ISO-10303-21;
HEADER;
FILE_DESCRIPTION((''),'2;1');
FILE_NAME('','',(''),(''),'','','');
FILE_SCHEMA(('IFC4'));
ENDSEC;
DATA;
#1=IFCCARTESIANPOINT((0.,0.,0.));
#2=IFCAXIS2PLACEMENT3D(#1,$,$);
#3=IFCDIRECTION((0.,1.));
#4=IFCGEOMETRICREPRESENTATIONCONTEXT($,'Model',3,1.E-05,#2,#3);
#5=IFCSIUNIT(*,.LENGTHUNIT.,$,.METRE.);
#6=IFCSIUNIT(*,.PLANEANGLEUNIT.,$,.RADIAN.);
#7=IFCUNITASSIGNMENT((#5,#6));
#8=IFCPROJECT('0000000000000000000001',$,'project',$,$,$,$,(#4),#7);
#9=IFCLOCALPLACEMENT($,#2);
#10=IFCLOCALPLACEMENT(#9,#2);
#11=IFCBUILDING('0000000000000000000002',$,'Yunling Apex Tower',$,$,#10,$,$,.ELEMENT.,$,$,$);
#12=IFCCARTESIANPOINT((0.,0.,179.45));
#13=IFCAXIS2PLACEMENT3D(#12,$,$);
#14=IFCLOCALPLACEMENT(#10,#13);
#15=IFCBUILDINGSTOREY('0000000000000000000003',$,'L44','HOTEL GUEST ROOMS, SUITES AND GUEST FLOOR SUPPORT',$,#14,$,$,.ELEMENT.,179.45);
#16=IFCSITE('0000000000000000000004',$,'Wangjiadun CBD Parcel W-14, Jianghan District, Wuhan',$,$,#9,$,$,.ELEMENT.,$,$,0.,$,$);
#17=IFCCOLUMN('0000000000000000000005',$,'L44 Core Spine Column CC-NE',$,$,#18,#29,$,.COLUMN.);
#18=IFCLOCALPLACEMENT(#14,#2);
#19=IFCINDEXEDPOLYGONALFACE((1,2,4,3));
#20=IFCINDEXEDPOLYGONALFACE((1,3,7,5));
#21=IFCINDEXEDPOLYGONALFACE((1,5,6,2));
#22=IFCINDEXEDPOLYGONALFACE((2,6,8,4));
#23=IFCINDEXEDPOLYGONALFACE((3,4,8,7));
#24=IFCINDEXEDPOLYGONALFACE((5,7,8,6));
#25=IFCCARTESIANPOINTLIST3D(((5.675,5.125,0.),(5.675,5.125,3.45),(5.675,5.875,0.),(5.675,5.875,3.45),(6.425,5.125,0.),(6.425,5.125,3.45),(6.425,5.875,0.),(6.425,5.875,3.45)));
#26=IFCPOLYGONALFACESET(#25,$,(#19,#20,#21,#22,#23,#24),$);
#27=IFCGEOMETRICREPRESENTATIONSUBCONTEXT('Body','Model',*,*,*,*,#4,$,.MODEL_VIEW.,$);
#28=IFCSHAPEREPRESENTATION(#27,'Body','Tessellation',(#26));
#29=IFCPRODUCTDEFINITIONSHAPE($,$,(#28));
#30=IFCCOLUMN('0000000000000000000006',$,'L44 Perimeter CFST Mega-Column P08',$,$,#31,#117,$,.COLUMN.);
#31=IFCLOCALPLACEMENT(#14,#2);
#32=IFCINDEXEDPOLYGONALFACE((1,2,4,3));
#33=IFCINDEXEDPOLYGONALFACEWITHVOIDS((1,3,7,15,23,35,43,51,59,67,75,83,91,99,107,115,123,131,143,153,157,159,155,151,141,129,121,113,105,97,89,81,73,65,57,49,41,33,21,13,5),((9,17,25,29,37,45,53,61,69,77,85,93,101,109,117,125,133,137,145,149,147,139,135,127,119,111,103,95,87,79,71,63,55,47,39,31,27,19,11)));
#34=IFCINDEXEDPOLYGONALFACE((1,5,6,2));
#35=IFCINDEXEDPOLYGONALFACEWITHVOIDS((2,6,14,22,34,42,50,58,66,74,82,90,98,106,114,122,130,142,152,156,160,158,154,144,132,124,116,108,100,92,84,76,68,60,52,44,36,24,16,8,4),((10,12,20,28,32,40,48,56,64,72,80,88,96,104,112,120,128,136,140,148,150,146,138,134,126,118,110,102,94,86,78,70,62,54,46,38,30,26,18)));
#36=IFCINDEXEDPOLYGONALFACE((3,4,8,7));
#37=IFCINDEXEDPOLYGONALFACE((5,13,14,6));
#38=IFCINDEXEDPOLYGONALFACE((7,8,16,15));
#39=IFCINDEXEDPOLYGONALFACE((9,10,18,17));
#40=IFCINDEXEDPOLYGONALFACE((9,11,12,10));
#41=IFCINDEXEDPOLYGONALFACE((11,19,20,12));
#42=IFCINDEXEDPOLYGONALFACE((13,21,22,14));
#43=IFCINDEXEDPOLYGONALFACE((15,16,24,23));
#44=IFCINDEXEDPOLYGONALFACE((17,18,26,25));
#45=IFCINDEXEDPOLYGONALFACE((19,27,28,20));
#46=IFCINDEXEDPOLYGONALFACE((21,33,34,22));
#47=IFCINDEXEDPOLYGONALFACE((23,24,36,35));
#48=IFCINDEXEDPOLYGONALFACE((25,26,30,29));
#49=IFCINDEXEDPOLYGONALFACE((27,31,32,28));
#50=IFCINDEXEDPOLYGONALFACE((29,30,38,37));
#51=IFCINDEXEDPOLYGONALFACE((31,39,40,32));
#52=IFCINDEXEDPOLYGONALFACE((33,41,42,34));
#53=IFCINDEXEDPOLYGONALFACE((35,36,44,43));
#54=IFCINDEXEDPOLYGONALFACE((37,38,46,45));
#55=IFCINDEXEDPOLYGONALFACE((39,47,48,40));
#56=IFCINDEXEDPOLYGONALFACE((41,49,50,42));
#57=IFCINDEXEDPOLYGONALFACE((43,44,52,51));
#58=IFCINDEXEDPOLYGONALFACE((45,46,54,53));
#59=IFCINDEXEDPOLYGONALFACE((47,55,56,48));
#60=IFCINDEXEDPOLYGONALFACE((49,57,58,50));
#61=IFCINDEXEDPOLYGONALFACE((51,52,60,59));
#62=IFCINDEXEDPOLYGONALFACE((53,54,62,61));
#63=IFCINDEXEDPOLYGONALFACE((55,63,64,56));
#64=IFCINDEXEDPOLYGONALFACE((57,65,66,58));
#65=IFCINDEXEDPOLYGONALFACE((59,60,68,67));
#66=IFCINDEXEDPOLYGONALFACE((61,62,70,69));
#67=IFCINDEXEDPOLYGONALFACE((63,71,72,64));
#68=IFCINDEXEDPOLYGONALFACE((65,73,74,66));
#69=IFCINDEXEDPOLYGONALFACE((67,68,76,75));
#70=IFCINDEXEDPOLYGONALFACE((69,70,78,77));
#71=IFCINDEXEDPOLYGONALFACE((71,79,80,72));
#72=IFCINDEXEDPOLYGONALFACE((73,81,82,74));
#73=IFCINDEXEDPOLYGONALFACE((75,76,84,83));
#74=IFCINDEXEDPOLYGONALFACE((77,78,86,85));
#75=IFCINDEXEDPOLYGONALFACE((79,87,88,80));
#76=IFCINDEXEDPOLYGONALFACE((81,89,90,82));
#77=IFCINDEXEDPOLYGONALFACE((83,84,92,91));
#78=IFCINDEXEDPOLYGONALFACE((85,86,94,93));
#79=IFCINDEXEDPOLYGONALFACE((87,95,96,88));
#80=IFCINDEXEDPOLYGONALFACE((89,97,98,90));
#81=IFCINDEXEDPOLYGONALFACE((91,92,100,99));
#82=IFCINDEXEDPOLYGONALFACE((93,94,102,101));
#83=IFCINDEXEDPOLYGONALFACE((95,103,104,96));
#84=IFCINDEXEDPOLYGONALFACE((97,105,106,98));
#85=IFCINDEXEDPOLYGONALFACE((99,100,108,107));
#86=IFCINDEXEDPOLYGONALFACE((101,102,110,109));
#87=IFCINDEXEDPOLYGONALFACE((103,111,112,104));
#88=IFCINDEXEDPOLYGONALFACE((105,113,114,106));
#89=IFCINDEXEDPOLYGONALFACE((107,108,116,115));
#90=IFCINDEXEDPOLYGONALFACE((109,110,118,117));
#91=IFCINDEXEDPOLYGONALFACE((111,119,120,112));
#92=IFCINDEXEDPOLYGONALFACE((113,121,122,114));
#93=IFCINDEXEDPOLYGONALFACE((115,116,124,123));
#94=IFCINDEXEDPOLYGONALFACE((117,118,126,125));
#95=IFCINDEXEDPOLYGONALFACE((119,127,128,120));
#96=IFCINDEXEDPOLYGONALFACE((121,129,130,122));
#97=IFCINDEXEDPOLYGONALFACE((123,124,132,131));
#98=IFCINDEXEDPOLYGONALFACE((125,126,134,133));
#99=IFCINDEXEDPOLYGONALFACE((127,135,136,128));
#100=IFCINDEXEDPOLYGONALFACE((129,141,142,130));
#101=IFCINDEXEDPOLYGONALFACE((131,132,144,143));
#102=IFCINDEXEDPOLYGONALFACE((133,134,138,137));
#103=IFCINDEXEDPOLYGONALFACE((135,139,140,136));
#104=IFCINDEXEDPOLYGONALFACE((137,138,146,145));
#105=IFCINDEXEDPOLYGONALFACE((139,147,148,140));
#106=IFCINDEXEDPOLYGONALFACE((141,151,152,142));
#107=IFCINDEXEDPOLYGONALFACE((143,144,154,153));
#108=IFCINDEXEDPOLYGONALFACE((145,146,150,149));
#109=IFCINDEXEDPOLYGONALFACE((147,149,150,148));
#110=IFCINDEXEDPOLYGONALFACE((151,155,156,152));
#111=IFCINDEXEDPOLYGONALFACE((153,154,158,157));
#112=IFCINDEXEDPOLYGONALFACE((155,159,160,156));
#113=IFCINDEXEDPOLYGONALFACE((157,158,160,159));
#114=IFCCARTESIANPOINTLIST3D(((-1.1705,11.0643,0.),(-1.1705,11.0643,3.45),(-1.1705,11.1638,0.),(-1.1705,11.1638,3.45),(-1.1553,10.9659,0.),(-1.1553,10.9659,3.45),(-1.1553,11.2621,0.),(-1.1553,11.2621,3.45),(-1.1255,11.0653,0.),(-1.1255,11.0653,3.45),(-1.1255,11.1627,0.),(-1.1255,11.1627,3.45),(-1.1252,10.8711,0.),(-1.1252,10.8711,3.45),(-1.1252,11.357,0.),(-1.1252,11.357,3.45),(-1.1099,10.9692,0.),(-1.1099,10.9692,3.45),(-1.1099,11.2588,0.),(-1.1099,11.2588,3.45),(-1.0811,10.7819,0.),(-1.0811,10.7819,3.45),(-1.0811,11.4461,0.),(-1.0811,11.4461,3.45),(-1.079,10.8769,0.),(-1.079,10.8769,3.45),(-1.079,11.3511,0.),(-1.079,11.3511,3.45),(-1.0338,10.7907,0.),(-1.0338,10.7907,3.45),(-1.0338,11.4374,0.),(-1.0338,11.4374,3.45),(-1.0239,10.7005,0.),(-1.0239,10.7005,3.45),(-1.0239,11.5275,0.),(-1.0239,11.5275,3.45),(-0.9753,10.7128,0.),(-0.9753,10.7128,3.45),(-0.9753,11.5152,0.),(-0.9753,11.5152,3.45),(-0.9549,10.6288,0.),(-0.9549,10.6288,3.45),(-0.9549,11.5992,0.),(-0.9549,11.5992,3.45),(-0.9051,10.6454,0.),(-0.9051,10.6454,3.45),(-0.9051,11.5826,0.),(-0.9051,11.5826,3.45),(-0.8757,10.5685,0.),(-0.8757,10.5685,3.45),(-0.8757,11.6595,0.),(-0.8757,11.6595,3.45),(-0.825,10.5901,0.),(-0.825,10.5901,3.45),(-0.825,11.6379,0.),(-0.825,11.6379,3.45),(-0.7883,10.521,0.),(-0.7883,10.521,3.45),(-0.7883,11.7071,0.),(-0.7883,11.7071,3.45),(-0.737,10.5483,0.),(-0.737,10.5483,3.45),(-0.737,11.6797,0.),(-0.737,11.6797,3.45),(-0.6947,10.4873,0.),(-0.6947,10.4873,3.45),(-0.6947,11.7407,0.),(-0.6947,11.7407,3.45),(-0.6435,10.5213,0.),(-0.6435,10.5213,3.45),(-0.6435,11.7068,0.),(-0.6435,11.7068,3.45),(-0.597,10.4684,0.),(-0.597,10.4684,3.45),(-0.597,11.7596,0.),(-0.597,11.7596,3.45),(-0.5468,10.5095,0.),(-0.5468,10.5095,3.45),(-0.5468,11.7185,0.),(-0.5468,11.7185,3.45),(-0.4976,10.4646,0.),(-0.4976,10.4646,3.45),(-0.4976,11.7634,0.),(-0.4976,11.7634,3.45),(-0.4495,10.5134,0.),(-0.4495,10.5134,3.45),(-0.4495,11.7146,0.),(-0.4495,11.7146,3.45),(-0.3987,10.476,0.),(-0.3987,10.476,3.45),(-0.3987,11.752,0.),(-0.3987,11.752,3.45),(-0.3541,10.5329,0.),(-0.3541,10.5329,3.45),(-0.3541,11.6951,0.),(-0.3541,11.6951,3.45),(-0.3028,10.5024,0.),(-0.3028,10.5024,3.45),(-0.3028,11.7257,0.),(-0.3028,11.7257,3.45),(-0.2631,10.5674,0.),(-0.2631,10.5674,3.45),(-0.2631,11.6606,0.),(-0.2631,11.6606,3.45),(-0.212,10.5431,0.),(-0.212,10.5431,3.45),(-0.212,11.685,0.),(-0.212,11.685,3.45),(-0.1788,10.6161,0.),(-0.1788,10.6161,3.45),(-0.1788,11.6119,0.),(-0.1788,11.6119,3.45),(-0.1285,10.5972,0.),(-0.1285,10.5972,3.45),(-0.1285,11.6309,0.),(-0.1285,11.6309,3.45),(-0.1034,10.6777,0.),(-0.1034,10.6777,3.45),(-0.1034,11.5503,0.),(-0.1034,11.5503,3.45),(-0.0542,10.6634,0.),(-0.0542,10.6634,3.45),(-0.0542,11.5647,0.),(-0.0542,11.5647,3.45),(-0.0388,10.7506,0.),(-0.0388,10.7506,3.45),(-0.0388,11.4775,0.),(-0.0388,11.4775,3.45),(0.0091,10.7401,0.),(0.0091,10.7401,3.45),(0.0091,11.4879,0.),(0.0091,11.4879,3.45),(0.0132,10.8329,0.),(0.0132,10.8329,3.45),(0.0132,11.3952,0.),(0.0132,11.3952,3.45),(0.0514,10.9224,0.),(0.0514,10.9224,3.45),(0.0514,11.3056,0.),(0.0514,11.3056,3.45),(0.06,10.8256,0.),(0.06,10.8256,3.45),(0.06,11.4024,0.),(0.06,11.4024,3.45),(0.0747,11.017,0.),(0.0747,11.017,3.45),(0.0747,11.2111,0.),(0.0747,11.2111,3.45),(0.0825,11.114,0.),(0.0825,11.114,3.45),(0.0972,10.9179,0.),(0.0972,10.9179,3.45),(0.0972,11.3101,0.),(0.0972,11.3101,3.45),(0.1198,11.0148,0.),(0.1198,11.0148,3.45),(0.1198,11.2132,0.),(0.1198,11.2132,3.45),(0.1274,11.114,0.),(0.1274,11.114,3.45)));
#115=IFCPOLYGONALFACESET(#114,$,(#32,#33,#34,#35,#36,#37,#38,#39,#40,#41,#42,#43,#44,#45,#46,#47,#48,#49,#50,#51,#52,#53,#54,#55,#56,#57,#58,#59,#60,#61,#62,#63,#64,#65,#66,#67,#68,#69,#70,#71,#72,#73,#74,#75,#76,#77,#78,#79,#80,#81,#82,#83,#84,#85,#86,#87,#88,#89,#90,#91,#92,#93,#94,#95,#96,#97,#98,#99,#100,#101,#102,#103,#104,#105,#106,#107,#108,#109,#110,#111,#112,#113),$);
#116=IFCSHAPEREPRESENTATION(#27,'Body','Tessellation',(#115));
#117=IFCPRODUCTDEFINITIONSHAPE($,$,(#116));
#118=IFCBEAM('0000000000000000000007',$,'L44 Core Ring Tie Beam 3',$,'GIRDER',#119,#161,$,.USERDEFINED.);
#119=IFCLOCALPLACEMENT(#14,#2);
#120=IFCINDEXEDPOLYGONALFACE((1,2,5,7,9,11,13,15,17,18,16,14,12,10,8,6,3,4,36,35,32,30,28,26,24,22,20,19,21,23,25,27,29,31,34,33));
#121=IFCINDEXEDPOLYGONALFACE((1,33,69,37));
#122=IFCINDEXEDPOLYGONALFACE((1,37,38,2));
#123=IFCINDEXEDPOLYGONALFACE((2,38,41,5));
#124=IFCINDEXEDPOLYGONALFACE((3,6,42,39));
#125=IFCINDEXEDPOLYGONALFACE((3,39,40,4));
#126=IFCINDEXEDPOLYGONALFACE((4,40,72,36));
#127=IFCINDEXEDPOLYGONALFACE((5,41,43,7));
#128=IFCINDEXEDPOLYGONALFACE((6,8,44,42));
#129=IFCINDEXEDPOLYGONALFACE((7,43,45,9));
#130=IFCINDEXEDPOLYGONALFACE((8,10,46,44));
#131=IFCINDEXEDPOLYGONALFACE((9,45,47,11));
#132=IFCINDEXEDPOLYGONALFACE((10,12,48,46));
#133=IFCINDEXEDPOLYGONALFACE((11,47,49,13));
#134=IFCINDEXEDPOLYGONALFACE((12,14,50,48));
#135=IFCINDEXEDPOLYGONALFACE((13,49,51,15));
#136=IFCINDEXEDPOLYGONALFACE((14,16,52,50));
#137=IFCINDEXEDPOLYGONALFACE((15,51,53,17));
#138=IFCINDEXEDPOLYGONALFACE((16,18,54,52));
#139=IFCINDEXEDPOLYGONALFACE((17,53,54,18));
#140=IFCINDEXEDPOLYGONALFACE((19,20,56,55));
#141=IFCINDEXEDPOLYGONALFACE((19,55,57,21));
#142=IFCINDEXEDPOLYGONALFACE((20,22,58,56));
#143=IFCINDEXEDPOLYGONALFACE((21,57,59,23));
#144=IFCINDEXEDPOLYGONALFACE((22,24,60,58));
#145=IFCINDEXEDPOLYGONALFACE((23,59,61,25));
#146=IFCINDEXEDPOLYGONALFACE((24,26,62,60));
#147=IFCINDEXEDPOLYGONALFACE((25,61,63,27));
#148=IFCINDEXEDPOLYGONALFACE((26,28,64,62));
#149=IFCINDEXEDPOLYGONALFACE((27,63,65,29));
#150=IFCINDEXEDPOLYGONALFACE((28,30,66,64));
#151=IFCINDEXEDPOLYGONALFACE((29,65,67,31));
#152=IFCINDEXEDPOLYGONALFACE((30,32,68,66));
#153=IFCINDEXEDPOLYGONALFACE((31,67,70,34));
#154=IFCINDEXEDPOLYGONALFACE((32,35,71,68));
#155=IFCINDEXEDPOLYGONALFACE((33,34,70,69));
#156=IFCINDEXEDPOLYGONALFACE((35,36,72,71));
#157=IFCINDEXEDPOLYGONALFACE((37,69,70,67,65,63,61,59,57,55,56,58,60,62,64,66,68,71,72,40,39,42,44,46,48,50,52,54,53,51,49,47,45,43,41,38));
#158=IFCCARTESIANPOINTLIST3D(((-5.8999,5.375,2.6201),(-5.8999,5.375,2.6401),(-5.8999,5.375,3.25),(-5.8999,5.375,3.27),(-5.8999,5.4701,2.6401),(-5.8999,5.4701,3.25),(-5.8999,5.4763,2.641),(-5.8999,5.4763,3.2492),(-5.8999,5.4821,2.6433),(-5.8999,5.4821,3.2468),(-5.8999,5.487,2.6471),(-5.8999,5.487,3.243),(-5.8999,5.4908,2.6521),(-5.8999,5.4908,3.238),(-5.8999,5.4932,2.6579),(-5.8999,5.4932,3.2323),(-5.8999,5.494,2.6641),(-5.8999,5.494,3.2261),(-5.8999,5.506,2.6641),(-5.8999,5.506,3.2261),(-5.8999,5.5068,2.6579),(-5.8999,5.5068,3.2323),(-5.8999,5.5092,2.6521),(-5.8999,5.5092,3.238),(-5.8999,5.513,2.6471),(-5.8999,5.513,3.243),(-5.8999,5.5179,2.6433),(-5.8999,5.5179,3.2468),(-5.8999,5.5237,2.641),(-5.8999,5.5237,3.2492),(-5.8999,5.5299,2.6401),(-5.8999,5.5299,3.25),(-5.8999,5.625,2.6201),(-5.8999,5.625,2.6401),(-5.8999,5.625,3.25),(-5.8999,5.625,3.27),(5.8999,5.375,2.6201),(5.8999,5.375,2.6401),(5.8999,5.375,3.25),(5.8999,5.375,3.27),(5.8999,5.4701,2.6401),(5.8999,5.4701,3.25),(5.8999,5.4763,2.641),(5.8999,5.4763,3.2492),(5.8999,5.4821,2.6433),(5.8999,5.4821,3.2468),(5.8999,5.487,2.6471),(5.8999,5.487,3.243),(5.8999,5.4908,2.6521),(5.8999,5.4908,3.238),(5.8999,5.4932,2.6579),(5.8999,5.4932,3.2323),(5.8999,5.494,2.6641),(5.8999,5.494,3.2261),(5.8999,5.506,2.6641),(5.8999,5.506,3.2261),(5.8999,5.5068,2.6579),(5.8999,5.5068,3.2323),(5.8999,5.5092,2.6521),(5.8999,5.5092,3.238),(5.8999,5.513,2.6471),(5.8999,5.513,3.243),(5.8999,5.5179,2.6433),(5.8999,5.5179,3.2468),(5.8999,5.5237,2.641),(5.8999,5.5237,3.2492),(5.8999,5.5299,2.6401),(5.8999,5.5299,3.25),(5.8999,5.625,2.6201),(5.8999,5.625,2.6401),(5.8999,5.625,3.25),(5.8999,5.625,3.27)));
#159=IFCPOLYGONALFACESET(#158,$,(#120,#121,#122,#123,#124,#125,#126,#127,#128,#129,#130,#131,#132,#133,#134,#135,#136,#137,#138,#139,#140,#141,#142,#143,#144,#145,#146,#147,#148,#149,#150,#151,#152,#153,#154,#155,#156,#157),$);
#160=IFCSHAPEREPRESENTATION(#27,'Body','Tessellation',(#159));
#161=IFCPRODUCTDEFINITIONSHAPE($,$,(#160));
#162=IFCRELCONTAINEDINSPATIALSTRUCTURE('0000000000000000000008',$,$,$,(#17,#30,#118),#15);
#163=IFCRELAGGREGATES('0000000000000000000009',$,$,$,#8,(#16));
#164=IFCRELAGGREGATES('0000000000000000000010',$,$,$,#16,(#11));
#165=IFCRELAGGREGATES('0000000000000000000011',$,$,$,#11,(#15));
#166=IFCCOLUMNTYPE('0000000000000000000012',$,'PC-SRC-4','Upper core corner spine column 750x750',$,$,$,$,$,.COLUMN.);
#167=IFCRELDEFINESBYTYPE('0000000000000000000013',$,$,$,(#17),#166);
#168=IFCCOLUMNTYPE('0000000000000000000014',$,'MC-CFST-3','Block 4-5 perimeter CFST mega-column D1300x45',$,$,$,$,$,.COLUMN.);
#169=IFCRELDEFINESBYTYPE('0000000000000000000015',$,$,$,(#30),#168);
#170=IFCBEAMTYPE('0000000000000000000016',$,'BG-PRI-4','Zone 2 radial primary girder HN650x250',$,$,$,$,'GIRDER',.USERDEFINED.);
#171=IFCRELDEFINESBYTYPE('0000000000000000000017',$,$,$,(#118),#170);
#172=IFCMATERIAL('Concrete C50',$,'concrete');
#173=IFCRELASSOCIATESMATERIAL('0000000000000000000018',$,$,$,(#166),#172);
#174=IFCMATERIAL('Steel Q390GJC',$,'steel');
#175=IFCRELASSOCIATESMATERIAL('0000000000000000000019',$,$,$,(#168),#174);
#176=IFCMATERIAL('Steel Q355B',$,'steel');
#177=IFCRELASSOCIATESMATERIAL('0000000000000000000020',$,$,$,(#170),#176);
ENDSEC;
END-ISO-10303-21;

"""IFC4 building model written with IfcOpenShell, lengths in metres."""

from ifc_helpers import new_model, si_unit, direction, frame, origin, origin_2d, place, context, subcontext, project, spatial, rectangle, hollow_circle, i_section, extrude, source, transform, mapped, material, material_profile, profile_set, type_object, element, save


model = new_model("IFC4")

# Units and contexts
model_context = context("Model", 3, precision=1e-05, world=origin(), true_north=direction((0.0, 1.0)))
body_context = subcontext(model_context, "Body", "Model", "MODEL_VIEW")
ifc_project = project(units=[si_unit("LENGTHUNIT", "METRE"), si_unit("PLANEANGLEUNIT", "RADIAN")], contexts=[model_context])

# Site, building, storey
site_placement = place(None, origin())
site = spatial("IfcSite", under=ifc_project, at=site_placement, Name="Wangjiadun CBD Parcel W-14, Jianghan District, Wuhan", CompositionType="ELEMENT", RefElevation=0.0)
building_placement = place(site_placement, origin())
building = spatial("IfcBuilding", under=site, at=building_placement, Name="Yunling Apex Tower", CompositionType="ELEMENT")
storey_placement = place(building_placement, frame((0.0, 0.0, 179.45)))
storey = spatial("IfcBuildingStorey", under=building, at=storey_placement, Name="L44", Description="HOTEL GUEST ROOMS, SUITES AND GUEST FLOOR SUPPORT", CompositionType="ELEMENT", Elevation=179.45)

# Columns
ifc_material_1 = material(Name="Concrete C50", Category="concrete")
ifc_material_profile_1 = material_profile(ifc_material_1, rectangle(XDim=0.75, YDim=0.75, at=origin_2d()))
ifc_profile_set_1 = profile_set([ifc_material_profile_1], Name="Concrete C50")
column_type_1 = type_object("IfcColumnType", Name="PC-SRC-4", Description="Upper core corner spine column 750x750", PredefinedType="COLUMN", material=ifc_profile_set_1)
shared_shape_1 = source(origin(), body_context, "Body", "SweptSolid", [
    extrude(rectangle(XDim=0.75, YDim=0.75, at=origin_2d()), origin(), (0.0, 0.0, 1.0), 3.45),
])
column_1_placement = place(storey_placement, frame((6.05, 5.5, 0.0), z_axis=(0.0, 0.0, 1.0), x_axis=(1.0, 0.0, 0.0)))
element("IfcColumn", 1, at=column_1_placement, inside=storey, type_object=column_type_1, Name="L44 Core Spine Column CC-NE", PredefinedType="COLUMN", context=body_context, shape_type="MappedRepresentation", body=[
    mapped(shared_shape_1, transform((0.0, 0.0, 0.0), scale=1.0)),
])
ifc_material_2 = material(Name="Steel Q390GJC", Category="steel")
ifc_material_profile_2 = material_profile(ifc_material_2, hollow_circle(Radius=0.6499, WallThickness=0.0449, at=origin_2d()))
ifc_profile_set_2 = profile_set([ifc_material_profile_2], Name="Steel Q390GJC")
column_type_2 = type_object("IfcColumnType", Name="MC-CFST-3", Description="Block 4-5 perimeter CFST mega-column D1300x45", PredefinedType="COLUMN", material=ifc_profile_set_2)
shared_shape_2 = source(origin(), body_context, "Body", "SweptSolid", [
    extrude(hollow_circle(Radius=0.6499, WallThickness=0.0449, at=origin_2d()), origin(), (0.0, 0.0, 1.0), 3.45),
])
column_2_placement = place(storey_placement, frame((-0.5225, 11.114, 0.0), z_axis=(0.0, 0.0, 1.0), x_axis=(1.0, 0.0, 0.0)))
element("IfcColumn", 2, at=column_2_placement, inside=storey, type_object=column_type_2, Name="L44 Perimeter CFST Mega-Column P08", PredefinedType="COLUMN", context=body_context, shape_type="MappedRepresentation", body=[
    mapped(shared_shape_2, transform((0.0, 0.0, 0.0), scale=1.0)),
])

# Beam
ifc_material_3 = material(Name="Steel Q355B", Category="steel")
ifc_material_profile_3 = material_profile(ifc_material_3, i_section(OverallWidth=0.25, OverallDepth=0.6499, WebThickness=0.012, FlangeThickness=0.02, FilletRadius=0.0239, at=origin_2d()))
ifc_profile_set_3 = profile_set([ifc_material_profile_3], Name="Steel Q355B")
beam_type_1 = type_object("IfcBeamType", Name="BG-PRI-4", Description="Zone 2 radial primary girder HN650x250", ElementType="GIRDER", PredefinedType="USERDEFINED", material=ifc_profile_set_3)
shared_shape_3 = source(origin(), body_context, "Body", "SweptSolid", [
    extrude(i_section(OverallWidth=0.25, OverallDepth=0.6499, WebThickness=0.012, FlangeThickness=0.02, FilletRadius=0.0239, at=origin_2d()), origin(), (0.0, 0.0, 1.0), 11.7998),
])
beam_1_placement = place(storey_placement, frame((5.8999, 5.5, 2.9451), z_axis=(-1.0, 0.0, 0.0), x_axis=(0.0, -1.0, 0.0)))
element("IfcBeam", 3, at=beam_1_placement, inside=storey, type_object=beam_type_1, Name="L44 Core Ring Tie Beam 3", ObjectType="GIRDER", PredefinedType="USERDEFINED", context=body_context, shape_type="MappedRepresentation", body=[
    mapped(shared_shape_3, transform((0.0, 0.0, 0.0), scale=1.0)),
])

save(model, "model.ifc")
